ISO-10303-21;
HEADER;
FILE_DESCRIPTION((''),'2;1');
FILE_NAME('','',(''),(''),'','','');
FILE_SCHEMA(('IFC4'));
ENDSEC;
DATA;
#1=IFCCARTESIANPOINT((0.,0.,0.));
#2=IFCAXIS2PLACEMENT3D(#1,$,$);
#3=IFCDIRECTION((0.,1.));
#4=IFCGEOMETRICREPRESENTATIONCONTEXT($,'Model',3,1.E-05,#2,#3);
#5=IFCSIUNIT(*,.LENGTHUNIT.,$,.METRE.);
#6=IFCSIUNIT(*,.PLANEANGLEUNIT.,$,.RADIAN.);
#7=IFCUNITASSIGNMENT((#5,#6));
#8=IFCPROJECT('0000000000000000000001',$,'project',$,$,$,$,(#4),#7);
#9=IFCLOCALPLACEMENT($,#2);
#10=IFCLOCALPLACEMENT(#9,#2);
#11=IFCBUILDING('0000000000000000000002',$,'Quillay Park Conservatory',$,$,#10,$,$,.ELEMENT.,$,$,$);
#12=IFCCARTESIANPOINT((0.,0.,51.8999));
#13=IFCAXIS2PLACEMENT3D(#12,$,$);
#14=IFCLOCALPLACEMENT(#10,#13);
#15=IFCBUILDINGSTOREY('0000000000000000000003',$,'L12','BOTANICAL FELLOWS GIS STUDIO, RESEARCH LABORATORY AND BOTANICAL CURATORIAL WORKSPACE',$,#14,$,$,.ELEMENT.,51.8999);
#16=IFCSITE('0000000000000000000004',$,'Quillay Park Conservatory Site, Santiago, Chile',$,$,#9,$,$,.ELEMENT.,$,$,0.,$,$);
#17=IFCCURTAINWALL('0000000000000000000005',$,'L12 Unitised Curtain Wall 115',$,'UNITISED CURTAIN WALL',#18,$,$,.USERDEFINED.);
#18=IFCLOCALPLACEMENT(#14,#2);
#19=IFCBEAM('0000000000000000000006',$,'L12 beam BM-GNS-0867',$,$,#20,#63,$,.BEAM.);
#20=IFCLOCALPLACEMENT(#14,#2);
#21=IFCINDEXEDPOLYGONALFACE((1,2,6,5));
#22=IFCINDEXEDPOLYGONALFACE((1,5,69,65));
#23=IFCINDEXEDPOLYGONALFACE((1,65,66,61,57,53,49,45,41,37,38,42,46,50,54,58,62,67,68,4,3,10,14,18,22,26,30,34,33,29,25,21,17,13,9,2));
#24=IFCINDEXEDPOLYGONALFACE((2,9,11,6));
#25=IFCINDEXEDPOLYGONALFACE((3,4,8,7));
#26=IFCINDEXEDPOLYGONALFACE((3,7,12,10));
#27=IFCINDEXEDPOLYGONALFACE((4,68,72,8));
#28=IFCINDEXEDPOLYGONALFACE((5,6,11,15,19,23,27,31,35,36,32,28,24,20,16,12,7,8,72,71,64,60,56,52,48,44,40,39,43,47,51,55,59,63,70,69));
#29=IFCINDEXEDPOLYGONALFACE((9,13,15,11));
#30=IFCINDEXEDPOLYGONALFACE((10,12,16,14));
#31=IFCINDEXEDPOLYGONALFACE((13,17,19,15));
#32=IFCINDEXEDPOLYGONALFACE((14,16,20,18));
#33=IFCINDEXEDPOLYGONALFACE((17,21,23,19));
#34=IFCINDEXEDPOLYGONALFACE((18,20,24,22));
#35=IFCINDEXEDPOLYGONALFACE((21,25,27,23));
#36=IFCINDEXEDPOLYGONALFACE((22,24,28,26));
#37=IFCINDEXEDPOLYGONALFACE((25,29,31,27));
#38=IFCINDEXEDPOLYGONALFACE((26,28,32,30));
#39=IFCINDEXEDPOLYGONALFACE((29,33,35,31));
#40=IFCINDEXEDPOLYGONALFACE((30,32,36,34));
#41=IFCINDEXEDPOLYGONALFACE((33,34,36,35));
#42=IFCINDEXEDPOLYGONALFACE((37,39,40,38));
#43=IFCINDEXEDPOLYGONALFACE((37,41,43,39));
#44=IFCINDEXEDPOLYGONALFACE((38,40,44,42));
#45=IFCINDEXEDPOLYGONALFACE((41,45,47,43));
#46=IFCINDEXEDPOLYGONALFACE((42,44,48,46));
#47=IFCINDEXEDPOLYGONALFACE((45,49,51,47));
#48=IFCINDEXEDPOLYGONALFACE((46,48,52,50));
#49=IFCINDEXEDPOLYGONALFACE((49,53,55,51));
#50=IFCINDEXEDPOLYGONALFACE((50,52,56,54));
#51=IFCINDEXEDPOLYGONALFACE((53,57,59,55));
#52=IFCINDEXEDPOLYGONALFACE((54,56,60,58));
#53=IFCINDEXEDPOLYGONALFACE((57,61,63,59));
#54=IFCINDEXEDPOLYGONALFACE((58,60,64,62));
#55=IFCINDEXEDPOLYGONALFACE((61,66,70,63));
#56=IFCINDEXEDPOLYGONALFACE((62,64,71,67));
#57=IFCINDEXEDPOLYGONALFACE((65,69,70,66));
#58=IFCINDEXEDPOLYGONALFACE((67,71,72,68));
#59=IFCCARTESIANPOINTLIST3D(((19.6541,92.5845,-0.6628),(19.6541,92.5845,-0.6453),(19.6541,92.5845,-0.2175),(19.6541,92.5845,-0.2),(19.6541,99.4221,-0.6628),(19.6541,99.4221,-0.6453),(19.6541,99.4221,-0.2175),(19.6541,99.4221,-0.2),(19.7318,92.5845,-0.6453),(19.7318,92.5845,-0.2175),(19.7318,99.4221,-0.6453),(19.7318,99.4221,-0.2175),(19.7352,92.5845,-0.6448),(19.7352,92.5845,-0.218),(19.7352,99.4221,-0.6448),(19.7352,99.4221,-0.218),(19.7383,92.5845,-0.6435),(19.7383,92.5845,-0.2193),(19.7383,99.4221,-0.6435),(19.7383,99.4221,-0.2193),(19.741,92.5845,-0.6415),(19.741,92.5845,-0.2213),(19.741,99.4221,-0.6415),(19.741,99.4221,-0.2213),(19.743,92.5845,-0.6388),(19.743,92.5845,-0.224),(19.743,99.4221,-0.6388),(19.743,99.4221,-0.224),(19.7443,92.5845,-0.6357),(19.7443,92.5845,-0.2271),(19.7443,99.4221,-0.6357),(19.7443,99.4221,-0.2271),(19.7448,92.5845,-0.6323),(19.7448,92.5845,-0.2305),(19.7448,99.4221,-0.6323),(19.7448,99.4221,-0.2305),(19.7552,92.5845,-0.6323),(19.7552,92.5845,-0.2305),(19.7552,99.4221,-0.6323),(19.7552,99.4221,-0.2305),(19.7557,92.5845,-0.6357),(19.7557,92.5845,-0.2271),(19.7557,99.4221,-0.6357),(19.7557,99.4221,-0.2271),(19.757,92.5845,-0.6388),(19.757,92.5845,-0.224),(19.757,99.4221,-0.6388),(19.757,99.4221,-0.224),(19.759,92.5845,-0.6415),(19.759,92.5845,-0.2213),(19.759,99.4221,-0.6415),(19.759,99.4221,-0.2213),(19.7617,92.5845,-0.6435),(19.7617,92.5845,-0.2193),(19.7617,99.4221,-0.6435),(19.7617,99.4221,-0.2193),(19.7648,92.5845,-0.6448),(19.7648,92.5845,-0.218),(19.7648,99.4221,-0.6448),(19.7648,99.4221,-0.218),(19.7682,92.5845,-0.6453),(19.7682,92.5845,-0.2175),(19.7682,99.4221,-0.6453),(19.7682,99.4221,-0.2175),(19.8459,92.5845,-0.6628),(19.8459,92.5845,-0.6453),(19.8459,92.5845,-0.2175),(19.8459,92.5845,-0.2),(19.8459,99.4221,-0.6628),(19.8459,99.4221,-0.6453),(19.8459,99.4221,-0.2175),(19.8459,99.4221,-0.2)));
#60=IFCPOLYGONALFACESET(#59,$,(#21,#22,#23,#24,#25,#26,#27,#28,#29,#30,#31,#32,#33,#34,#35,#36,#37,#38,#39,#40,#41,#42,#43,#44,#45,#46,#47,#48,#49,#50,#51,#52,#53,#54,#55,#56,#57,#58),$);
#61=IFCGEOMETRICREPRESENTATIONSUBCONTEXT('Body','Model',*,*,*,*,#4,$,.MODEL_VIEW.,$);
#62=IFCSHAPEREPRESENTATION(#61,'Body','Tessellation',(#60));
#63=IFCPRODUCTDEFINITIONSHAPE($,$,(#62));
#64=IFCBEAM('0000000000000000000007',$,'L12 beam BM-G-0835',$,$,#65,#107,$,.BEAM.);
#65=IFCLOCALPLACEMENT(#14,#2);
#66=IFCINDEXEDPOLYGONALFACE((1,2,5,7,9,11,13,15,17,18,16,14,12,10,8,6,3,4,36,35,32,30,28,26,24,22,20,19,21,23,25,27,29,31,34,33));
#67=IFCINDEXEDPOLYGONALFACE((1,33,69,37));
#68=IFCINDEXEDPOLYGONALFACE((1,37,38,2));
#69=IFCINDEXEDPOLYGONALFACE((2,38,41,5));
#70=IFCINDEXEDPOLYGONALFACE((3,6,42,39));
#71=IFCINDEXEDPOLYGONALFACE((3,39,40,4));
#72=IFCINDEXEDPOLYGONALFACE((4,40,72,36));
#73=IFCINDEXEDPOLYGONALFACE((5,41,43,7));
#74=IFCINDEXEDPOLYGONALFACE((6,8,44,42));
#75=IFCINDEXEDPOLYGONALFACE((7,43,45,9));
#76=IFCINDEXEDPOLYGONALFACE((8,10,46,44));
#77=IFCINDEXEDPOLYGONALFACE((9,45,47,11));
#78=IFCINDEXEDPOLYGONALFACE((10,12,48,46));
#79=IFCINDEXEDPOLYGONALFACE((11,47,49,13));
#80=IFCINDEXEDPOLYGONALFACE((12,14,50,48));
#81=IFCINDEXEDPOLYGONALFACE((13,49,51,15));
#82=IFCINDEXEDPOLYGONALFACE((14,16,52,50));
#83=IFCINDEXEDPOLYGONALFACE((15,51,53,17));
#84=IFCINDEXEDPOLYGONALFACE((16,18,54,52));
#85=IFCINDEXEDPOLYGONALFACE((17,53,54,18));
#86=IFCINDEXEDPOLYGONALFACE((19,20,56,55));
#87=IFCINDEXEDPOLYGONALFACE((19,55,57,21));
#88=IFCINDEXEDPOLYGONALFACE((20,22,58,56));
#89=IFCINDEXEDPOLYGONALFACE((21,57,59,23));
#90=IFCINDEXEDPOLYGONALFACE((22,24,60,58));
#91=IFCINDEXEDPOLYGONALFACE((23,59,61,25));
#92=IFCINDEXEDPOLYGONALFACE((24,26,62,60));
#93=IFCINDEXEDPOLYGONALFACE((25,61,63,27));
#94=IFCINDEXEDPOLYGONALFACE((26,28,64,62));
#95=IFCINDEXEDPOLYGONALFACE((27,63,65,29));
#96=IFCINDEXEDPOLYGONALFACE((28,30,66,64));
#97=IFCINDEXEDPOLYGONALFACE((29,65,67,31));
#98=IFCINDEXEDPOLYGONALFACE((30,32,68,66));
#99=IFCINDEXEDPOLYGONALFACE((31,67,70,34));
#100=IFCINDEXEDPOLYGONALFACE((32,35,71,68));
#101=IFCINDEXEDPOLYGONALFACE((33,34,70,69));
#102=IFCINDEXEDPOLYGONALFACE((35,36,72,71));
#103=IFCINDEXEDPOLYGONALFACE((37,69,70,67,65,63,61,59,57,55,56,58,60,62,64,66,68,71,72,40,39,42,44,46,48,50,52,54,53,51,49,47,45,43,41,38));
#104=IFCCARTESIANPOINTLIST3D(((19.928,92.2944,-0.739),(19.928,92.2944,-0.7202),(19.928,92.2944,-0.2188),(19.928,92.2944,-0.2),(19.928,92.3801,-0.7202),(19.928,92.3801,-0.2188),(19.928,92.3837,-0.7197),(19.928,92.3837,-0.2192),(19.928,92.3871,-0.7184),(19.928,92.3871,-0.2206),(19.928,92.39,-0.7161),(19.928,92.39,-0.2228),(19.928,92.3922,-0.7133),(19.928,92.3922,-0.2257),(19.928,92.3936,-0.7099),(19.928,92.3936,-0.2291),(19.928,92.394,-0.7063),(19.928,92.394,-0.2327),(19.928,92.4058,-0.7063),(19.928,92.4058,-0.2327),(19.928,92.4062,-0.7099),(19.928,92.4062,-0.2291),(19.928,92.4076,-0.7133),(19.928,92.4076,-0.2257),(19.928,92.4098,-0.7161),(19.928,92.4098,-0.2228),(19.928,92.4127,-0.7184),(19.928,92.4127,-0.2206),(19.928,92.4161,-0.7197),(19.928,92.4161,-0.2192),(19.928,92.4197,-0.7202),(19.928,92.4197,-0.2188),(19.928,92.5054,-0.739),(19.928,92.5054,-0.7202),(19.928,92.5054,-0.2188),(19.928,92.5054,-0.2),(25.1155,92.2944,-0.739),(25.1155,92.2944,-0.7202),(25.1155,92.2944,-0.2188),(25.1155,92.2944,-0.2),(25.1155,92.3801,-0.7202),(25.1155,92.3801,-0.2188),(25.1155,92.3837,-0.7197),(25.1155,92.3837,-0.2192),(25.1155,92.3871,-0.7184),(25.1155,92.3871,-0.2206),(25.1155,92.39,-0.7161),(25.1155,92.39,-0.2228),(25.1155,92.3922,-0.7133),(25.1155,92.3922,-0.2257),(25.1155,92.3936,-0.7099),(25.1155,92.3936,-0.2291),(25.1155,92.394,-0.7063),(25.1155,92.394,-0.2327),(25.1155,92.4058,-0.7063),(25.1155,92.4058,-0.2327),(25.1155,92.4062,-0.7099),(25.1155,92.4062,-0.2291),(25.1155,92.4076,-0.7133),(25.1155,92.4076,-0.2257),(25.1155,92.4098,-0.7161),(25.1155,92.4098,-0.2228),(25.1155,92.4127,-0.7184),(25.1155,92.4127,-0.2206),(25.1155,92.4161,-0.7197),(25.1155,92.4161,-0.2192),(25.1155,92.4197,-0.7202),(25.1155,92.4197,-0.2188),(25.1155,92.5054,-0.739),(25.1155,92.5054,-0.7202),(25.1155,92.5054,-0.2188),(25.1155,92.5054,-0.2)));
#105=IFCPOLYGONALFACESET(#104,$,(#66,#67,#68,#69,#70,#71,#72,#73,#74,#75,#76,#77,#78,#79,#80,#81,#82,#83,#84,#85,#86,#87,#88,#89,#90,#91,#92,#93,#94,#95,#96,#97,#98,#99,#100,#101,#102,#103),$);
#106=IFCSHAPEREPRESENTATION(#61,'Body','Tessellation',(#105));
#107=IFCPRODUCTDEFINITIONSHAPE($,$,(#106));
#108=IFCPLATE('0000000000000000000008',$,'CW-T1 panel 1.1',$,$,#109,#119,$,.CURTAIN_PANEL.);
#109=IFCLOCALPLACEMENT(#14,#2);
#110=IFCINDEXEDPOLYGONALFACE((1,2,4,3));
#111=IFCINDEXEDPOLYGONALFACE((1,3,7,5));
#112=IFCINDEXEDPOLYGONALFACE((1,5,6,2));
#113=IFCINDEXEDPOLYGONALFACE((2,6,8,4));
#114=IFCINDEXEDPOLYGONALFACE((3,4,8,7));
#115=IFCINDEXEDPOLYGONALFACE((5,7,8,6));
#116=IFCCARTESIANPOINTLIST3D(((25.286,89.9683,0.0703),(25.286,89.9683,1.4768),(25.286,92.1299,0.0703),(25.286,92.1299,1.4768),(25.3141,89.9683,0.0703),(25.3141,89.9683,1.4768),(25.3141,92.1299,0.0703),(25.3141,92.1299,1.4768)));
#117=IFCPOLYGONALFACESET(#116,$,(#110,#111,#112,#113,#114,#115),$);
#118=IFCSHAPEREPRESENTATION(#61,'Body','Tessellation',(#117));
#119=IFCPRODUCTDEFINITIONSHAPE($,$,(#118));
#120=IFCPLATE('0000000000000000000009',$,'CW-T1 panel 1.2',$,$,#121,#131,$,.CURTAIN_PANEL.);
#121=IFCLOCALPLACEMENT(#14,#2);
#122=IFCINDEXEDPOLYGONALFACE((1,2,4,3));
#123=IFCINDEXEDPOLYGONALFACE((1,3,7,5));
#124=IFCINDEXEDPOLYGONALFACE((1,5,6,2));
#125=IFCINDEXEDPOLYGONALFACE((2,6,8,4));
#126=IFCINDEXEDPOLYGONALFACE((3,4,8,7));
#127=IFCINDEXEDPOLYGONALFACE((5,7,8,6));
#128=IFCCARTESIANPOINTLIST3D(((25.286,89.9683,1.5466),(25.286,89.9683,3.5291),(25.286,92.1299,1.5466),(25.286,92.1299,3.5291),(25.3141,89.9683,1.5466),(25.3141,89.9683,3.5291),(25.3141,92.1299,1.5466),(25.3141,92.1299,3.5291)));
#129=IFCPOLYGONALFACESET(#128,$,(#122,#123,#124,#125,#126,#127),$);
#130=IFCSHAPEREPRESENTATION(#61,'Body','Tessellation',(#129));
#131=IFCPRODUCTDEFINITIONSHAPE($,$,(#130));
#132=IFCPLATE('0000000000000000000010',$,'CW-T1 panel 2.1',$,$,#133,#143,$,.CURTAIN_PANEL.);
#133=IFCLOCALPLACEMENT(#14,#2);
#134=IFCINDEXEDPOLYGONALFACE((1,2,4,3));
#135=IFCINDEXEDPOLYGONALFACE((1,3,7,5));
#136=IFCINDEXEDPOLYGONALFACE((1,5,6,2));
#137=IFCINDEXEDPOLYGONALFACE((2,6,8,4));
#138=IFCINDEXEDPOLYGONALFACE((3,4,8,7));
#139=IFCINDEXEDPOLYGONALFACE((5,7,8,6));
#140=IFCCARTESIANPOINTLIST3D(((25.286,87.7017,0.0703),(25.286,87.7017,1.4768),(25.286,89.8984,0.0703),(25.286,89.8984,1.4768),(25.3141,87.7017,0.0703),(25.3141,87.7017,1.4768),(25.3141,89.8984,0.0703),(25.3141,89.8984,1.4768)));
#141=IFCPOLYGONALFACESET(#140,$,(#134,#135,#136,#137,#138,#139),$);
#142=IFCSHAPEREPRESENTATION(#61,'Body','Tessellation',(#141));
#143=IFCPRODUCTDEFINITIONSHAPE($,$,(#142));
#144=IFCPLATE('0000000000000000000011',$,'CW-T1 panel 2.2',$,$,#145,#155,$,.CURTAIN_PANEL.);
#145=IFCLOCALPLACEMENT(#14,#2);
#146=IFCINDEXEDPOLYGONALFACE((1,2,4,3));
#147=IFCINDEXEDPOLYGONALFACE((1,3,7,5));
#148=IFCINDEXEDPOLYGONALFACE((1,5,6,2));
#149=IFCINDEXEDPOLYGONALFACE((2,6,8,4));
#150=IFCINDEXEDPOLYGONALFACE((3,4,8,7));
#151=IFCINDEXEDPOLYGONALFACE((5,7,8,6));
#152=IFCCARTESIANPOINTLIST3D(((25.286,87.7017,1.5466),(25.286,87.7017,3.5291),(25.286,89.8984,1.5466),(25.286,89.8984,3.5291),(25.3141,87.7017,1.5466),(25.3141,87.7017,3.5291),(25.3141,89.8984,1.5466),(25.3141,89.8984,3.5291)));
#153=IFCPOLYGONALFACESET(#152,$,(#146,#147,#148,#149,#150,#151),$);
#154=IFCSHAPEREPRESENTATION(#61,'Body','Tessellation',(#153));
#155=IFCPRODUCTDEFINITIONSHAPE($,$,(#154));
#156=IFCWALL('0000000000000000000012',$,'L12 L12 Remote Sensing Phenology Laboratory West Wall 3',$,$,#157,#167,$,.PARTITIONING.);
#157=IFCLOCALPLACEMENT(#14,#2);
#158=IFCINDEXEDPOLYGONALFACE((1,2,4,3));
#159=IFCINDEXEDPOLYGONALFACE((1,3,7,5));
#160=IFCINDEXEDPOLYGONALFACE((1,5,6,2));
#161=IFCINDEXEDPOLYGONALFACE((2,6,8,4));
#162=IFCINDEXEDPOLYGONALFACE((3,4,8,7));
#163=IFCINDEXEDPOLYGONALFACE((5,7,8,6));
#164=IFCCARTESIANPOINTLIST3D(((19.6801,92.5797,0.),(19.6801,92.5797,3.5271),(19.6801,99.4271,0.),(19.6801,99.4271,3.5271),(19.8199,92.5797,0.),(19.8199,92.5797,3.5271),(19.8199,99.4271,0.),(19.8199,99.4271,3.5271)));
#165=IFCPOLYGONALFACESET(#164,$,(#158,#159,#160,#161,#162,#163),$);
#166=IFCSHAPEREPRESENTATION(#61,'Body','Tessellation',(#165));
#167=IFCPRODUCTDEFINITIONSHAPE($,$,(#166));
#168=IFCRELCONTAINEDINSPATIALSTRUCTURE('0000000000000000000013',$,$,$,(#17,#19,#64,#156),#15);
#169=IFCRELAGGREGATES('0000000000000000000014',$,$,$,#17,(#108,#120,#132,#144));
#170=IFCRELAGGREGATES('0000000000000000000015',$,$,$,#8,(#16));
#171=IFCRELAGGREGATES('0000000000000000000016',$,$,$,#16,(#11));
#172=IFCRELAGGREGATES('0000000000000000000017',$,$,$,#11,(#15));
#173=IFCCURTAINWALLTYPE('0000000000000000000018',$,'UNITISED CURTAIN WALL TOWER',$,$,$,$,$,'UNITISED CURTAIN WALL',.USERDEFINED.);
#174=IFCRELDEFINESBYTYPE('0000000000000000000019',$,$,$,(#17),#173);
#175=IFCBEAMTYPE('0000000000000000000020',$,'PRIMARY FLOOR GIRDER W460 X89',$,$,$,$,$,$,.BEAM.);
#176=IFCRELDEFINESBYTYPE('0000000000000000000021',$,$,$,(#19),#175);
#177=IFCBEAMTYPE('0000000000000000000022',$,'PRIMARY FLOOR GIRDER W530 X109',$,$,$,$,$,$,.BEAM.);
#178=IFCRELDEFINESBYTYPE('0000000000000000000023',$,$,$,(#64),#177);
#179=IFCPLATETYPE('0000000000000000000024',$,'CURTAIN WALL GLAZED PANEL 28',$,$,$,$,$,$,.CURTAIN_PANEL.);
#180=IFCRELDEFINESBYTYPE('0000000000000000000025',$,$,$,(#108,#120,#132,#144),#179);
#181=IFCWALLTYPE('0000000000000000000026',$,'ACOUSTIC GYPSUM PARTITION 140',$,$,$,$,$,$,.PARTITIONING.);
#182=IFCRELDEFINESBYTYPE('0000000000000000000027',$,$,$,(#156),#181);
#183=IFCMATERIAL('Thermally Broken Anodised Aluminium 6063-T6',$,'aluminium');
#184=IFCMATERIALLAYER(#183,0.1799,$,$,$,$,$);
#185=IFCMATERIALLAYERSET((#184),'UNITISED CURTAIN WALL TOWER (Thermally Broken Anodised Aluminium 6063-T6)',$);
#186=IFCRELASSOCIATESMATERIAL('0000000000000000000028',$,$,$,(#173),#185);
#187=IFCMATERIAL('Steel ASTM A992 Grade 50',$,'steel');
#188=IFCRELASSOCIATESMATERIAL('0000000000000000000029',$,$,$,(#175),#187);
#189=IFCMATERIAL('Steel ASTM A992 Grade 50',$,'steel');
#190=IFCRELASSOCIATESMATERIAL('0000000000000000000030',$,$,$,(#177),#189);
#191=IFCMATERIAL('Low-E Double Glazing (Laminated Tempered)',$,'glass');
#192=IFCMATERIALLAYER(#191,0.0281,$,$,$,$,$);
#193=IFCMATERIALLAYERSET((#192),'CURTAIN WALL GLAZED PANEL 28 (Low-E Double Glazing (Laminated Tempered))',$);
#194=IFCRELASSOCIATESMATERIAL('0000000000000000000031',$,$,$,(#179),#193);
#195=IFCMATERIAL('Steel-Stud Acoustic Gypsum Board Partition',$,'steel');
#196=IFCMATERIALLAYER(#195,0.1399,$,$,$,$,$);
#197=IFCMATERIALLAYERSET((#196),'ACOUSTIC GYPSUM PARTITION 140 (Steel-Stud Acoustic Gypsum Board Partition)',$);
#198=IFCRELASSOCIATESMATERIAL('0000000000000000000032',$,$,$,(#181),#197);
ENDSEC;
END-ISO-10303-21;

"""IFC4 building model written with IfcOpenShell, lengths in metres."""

from ifc_helpers import new_model, si_unit, direction, frame, frame_2d, origin, origin_2d, place, context, subcontext, project, spatial, rectangle, i_section, extrude, material, layer, layer_set, material_profile, profile_set, type_object, element, aggregate, save


model = new_model("IFC4")

# Units and contexts
model_context = context("Model", 3, precision=1e-05, world=origin(), true_north=direction((0.0, 1.0)))
body_context = subcontext(model_context, "Body", "Model", "MODEL_VIEW")
ifc_project = project(units=[si_unit("LENGTHUNIT", "METRE"), si_unit("PLANEANGLEUNIT", "RADIAN")], contexts=[model_context])

# Site, building, storey
site_placement = place(None, origin())
site = spatial("IfcSite", under=ifc_project, at=site_placement, Name="Quillay Park Conservatory Site, Santiago, Chile", CompositionType="ELEMENT", RefElevation=0.0)
building_placement = place(site_placement, origin())
building = spatial("IfcBuilding", under=site, at=building_placement, Name="Quillay Park Conservatory", CompositionType="ELEMENT")
storey_placement = place(building_placement, frame((0.0, 0.0, 51.8999)))
storey = spatial("IfcBuildingStorey", under=building, at=storey_placement, Name="L12", Description="BOTANICAL FELLOWS GIS STUDIO, RESEARCH LABORATORY AND BOTANICAL CURATORIAL WORKSPACE", CompositionType="ELEMENT", Elevation=51.8999)

# Curtain wall
ifc_material_1 = material(Name="Thermally Broken Anodised Aluminium 6063-T6", Category="aluminium")
ifc_layer_1 = layer(ifc_material_1, 0.1799)
ifc_layer_set_1 = layer_set([ifc_layer_1], Name="UNITISED CURTAIN WALL TOWER (Thermally Broken Anodised Aluminium 6063-T6)")
curtain_wall_type = type_object("IfcCurtainWallType", Name="UNITISED CURTAIN WALL TOWER", ElementType="UNITISED CURTAIN WALL", PredefinedType="USERDEFINED", material=ifc_layer_set_1)
curtain_wall_placement = place(storey_placement, origin())
curtain_wall = element("IfcCurtainWall", 1, at=curtain_wall_placement, inside=storey, type_object=curtain_wall_type, Name="L12 Unitised Curtain Wall 115", ObjectType="UNITISED CURTAIN WALL", PredefinedType="USERDEFINED")

# Beams
ifc_material_2 = material(Name="Steel ASTM A992 Grade 50", Category="steel")
ifc_material_profile_1 = material_profile(ifc_material_2, i_section(OverallWidth=0.1919, OverallDepth=0.4629, WebThickness=0.0105, FlangeThickness=0.0176, FilletRadius=0.0129, at=origin_2d()), Name="W460x89")
ifc_profile_set_1 = profile_set([ifc_material_profile_1], Name="Steel ASTM A992 Grade 50")
beam_type_1 = type_object("IfcBeamType", Name="PRIMARY FLOOR GIRDER W460 X89", PredefinedType="BEAM", material=ifc_profile_set_1)
beam_1_placement = place(storey_placement, frame((19.75, 92.5845, -0.4314), z_axis=(0.0, 1.0, 0.0), x_axis=(-1.0, 0.0, 0.0)))
element("IfcBeam", 2, at=beam_1_placement, inside=storey, type_object=beam_type_1, Name="L12 beam BM-GNS-0867", PredefinedType="BEAM", context=body_context, shape_type="SweptSolid", body=[
    extrude(i_section(OverallWidth=0.1919, OverallDepth=0.4629, WebThickness=0.0105, FlangeThickness=0.0176, FilletRadius=0.0129, at=origin_2d()), origin(), (0.0, 0.0, 1.0), 6.8376),
])
ifc_material_3 = material(Name="Steel ASTM A992 Grade 50", Category="steel")
ifc_material_profile_2 = material_profile(ifc_material_3, i_section(OverallWidth=0.2109, OverallDepth=0.5391, WebThickness=0.0117, FlangeThickness=0.0188, FilletRadius=0.0139, at=origin_2d()), Name="W530x109")
ifc_profile_set_2 = profile_set([ifc_material_profile_2], Name="Steel ASTM A992 Grade 50")
beam_type_2 = type_object("IfcBeamType", Name="PRIMARY FLOOR GIRDER W530 X109", PredefinedType="BEAM", material=ifc_profile_set_2)
beam_2_placement = place(storey_placement, frame((19.928, 92.3999, -0.4695), z_axis=(1.0, 0.0, 0.0), x_axis=(0.0, 1.0, 0.0)))
element("IfcBeam", 3, at=beam_2_placement, inside=storey, type_object=beam_type_2, Name="L12 beam BM-G-0835", PredefinedType="BEAM", context=body_context, shape_type="SweptSolid", body=[
    extrude(i_section(OverallWidth=0.2109, OverallDepth=0.5391, WebThickness=0.0117, FlangeThickness=0.0188, FilletRadius=0.0139, at=origin_2d()), origin(), (0.0, 0.0, 1.0), 5.1875),
])

# Plates
ifc_material_4 = material(Name="Low-E Double Glazing (Laminated Tempered)", Category="glass")
ifc_layer_2 = layer(ifc_material_4, 0.0281)
ifc_layer_set_2 = layer_set([ifc_layer_2], Name="CURTAIN WALL GLAZED PANEL 28 (Low-E Double Glazing (Laminated Tempered))")
plate_type = type_object("IfcPlateType", Name="CURTAIN WALL GLAZED PANEL 28", PredefinedType="CURTAIN_PANEL", material=ifc_layer_set_2)
plate_1_placement = place(storey_placement, frame((25.3, 91.0491, 0.0703), z_axis=(0.0, 0.0, 1.0), x_axis=(0.0, -1.0, 0.0)))
plate_1 = element("IfcPlate", 4, at=plate_1_placement, type_object=plate_type, Name="CW-T1 panel 1.1", PredefinedType="CURTAIN_PANEL", context=body_context, shape_type="SweptSolid", body=[
    extrude(rectangle(XDim=2.1616, YDim=0.0281, at=origin_2d()), origin(), (0.0, 0.0, 1.0), 1.4065),
])
plate_2_placement = place(storey_placement, frame((25.3, 91.0491, 1.5466), z_axis=(0.0, 0.0, 1.0), x_axis=(0.0, -1.0, 0.0)))
plate_2 = element("IfcPlate", 5, at=plate_2_placement, type_object=plate_type, Name="CW-T1 panel 1.2", PredefinedType="CURTAIN_PANEL", context=body_context, shape_type="SweptSolid", body=[
    extrude(rectangle(XDim=2.1616, YDim=0.0281, at=origin_2d()), origin(), (0.0, 0.0, 1.0), 1.9824),
])
plate_3_placement = place(storey_placement, frame((25.3, 88.8, 0.0703), z_axis=(0.0, 0.0, 1.0), x_axis=(0.0, -1.0, 0.0)))
plate_3 = element("IfcPlate", 6, at=plate_3_placement, type_object=plate_type, Name="CW-T1 panel 2.1", PredefinedType="CURTAIN_PANEL", context=body_context, shape_type="SweptSolid", body=[
    extrude(rectangle(XDim=2.1968, YDim=0.0281, at=origin_2d()), origin(), (0.0, 0.0, 1.0), 1.4065),
])
plate_4_placement = place(storey_placement, frame((25.3, 88.8, 1.5466), z_axis=(0.0, 0.0, 1.0), x_axis=(0.0, -1.0, 0.0)))
plate_4 = element("IfcPlate", 7, at=plate_4_placement, type_object=plate_type, Name="CW-T1 panel 2.2", PredefinedType="CURTAIN_PANEL", context=body_context, shape_type="SweptSolid", body=[
    extrude(rectangle(XDim=2.1968, YDim=0.0281, at=origin_2d()), origin(), (0.0, 0.0, 1.0), 1.9824),
])
aggregate(curtain_wall, [plate_1, plate_2, plate_3, plate_4])

# Wall
ifc_material_5 = material(Name="Steel-Stud Acoustic Gypsum Board Partition", Category="steel")
ifc_layer_3 = layer(ifc_material_5, 0.1399)
ifc_layer_set_3 = layer_set([ifc_layer_3], Name="ACOUSTIC GYPSUM PARTITION 140 (Steel-Stud Acoustic Gypsum Board Partition)")
wall_type = type_object("IfcWallType", Name="ACOUSTIC GYPSUM PARTITION 140", PredefinedType="PARTITIONING", material=ifc_layer_set_3)
wall_placement = place(storey_placement, frame((19.75, 92.5796, 0.0), z_axis=(0.0, 0.0, 1.0), x_axis=(0.0, 1.0, 0.0)))
element("IfcWall", 8, at=wall_placement, inside=storey, type_object=wall_type, Name="L12 L12 Remote Sensing Phenology Laboratory West Wall 3", PredefinedType="PARTITIONING", context=body_context, shape_type="SweptSolid", body=[
    extrude(rectangle(XDim=6.8474, YDim=0.1399, at=frame_2d((3.4238, 0.0))), origin(), (0.0, 0.0, 1.0), 3.5271),
])

save(model, "model.ifc")
